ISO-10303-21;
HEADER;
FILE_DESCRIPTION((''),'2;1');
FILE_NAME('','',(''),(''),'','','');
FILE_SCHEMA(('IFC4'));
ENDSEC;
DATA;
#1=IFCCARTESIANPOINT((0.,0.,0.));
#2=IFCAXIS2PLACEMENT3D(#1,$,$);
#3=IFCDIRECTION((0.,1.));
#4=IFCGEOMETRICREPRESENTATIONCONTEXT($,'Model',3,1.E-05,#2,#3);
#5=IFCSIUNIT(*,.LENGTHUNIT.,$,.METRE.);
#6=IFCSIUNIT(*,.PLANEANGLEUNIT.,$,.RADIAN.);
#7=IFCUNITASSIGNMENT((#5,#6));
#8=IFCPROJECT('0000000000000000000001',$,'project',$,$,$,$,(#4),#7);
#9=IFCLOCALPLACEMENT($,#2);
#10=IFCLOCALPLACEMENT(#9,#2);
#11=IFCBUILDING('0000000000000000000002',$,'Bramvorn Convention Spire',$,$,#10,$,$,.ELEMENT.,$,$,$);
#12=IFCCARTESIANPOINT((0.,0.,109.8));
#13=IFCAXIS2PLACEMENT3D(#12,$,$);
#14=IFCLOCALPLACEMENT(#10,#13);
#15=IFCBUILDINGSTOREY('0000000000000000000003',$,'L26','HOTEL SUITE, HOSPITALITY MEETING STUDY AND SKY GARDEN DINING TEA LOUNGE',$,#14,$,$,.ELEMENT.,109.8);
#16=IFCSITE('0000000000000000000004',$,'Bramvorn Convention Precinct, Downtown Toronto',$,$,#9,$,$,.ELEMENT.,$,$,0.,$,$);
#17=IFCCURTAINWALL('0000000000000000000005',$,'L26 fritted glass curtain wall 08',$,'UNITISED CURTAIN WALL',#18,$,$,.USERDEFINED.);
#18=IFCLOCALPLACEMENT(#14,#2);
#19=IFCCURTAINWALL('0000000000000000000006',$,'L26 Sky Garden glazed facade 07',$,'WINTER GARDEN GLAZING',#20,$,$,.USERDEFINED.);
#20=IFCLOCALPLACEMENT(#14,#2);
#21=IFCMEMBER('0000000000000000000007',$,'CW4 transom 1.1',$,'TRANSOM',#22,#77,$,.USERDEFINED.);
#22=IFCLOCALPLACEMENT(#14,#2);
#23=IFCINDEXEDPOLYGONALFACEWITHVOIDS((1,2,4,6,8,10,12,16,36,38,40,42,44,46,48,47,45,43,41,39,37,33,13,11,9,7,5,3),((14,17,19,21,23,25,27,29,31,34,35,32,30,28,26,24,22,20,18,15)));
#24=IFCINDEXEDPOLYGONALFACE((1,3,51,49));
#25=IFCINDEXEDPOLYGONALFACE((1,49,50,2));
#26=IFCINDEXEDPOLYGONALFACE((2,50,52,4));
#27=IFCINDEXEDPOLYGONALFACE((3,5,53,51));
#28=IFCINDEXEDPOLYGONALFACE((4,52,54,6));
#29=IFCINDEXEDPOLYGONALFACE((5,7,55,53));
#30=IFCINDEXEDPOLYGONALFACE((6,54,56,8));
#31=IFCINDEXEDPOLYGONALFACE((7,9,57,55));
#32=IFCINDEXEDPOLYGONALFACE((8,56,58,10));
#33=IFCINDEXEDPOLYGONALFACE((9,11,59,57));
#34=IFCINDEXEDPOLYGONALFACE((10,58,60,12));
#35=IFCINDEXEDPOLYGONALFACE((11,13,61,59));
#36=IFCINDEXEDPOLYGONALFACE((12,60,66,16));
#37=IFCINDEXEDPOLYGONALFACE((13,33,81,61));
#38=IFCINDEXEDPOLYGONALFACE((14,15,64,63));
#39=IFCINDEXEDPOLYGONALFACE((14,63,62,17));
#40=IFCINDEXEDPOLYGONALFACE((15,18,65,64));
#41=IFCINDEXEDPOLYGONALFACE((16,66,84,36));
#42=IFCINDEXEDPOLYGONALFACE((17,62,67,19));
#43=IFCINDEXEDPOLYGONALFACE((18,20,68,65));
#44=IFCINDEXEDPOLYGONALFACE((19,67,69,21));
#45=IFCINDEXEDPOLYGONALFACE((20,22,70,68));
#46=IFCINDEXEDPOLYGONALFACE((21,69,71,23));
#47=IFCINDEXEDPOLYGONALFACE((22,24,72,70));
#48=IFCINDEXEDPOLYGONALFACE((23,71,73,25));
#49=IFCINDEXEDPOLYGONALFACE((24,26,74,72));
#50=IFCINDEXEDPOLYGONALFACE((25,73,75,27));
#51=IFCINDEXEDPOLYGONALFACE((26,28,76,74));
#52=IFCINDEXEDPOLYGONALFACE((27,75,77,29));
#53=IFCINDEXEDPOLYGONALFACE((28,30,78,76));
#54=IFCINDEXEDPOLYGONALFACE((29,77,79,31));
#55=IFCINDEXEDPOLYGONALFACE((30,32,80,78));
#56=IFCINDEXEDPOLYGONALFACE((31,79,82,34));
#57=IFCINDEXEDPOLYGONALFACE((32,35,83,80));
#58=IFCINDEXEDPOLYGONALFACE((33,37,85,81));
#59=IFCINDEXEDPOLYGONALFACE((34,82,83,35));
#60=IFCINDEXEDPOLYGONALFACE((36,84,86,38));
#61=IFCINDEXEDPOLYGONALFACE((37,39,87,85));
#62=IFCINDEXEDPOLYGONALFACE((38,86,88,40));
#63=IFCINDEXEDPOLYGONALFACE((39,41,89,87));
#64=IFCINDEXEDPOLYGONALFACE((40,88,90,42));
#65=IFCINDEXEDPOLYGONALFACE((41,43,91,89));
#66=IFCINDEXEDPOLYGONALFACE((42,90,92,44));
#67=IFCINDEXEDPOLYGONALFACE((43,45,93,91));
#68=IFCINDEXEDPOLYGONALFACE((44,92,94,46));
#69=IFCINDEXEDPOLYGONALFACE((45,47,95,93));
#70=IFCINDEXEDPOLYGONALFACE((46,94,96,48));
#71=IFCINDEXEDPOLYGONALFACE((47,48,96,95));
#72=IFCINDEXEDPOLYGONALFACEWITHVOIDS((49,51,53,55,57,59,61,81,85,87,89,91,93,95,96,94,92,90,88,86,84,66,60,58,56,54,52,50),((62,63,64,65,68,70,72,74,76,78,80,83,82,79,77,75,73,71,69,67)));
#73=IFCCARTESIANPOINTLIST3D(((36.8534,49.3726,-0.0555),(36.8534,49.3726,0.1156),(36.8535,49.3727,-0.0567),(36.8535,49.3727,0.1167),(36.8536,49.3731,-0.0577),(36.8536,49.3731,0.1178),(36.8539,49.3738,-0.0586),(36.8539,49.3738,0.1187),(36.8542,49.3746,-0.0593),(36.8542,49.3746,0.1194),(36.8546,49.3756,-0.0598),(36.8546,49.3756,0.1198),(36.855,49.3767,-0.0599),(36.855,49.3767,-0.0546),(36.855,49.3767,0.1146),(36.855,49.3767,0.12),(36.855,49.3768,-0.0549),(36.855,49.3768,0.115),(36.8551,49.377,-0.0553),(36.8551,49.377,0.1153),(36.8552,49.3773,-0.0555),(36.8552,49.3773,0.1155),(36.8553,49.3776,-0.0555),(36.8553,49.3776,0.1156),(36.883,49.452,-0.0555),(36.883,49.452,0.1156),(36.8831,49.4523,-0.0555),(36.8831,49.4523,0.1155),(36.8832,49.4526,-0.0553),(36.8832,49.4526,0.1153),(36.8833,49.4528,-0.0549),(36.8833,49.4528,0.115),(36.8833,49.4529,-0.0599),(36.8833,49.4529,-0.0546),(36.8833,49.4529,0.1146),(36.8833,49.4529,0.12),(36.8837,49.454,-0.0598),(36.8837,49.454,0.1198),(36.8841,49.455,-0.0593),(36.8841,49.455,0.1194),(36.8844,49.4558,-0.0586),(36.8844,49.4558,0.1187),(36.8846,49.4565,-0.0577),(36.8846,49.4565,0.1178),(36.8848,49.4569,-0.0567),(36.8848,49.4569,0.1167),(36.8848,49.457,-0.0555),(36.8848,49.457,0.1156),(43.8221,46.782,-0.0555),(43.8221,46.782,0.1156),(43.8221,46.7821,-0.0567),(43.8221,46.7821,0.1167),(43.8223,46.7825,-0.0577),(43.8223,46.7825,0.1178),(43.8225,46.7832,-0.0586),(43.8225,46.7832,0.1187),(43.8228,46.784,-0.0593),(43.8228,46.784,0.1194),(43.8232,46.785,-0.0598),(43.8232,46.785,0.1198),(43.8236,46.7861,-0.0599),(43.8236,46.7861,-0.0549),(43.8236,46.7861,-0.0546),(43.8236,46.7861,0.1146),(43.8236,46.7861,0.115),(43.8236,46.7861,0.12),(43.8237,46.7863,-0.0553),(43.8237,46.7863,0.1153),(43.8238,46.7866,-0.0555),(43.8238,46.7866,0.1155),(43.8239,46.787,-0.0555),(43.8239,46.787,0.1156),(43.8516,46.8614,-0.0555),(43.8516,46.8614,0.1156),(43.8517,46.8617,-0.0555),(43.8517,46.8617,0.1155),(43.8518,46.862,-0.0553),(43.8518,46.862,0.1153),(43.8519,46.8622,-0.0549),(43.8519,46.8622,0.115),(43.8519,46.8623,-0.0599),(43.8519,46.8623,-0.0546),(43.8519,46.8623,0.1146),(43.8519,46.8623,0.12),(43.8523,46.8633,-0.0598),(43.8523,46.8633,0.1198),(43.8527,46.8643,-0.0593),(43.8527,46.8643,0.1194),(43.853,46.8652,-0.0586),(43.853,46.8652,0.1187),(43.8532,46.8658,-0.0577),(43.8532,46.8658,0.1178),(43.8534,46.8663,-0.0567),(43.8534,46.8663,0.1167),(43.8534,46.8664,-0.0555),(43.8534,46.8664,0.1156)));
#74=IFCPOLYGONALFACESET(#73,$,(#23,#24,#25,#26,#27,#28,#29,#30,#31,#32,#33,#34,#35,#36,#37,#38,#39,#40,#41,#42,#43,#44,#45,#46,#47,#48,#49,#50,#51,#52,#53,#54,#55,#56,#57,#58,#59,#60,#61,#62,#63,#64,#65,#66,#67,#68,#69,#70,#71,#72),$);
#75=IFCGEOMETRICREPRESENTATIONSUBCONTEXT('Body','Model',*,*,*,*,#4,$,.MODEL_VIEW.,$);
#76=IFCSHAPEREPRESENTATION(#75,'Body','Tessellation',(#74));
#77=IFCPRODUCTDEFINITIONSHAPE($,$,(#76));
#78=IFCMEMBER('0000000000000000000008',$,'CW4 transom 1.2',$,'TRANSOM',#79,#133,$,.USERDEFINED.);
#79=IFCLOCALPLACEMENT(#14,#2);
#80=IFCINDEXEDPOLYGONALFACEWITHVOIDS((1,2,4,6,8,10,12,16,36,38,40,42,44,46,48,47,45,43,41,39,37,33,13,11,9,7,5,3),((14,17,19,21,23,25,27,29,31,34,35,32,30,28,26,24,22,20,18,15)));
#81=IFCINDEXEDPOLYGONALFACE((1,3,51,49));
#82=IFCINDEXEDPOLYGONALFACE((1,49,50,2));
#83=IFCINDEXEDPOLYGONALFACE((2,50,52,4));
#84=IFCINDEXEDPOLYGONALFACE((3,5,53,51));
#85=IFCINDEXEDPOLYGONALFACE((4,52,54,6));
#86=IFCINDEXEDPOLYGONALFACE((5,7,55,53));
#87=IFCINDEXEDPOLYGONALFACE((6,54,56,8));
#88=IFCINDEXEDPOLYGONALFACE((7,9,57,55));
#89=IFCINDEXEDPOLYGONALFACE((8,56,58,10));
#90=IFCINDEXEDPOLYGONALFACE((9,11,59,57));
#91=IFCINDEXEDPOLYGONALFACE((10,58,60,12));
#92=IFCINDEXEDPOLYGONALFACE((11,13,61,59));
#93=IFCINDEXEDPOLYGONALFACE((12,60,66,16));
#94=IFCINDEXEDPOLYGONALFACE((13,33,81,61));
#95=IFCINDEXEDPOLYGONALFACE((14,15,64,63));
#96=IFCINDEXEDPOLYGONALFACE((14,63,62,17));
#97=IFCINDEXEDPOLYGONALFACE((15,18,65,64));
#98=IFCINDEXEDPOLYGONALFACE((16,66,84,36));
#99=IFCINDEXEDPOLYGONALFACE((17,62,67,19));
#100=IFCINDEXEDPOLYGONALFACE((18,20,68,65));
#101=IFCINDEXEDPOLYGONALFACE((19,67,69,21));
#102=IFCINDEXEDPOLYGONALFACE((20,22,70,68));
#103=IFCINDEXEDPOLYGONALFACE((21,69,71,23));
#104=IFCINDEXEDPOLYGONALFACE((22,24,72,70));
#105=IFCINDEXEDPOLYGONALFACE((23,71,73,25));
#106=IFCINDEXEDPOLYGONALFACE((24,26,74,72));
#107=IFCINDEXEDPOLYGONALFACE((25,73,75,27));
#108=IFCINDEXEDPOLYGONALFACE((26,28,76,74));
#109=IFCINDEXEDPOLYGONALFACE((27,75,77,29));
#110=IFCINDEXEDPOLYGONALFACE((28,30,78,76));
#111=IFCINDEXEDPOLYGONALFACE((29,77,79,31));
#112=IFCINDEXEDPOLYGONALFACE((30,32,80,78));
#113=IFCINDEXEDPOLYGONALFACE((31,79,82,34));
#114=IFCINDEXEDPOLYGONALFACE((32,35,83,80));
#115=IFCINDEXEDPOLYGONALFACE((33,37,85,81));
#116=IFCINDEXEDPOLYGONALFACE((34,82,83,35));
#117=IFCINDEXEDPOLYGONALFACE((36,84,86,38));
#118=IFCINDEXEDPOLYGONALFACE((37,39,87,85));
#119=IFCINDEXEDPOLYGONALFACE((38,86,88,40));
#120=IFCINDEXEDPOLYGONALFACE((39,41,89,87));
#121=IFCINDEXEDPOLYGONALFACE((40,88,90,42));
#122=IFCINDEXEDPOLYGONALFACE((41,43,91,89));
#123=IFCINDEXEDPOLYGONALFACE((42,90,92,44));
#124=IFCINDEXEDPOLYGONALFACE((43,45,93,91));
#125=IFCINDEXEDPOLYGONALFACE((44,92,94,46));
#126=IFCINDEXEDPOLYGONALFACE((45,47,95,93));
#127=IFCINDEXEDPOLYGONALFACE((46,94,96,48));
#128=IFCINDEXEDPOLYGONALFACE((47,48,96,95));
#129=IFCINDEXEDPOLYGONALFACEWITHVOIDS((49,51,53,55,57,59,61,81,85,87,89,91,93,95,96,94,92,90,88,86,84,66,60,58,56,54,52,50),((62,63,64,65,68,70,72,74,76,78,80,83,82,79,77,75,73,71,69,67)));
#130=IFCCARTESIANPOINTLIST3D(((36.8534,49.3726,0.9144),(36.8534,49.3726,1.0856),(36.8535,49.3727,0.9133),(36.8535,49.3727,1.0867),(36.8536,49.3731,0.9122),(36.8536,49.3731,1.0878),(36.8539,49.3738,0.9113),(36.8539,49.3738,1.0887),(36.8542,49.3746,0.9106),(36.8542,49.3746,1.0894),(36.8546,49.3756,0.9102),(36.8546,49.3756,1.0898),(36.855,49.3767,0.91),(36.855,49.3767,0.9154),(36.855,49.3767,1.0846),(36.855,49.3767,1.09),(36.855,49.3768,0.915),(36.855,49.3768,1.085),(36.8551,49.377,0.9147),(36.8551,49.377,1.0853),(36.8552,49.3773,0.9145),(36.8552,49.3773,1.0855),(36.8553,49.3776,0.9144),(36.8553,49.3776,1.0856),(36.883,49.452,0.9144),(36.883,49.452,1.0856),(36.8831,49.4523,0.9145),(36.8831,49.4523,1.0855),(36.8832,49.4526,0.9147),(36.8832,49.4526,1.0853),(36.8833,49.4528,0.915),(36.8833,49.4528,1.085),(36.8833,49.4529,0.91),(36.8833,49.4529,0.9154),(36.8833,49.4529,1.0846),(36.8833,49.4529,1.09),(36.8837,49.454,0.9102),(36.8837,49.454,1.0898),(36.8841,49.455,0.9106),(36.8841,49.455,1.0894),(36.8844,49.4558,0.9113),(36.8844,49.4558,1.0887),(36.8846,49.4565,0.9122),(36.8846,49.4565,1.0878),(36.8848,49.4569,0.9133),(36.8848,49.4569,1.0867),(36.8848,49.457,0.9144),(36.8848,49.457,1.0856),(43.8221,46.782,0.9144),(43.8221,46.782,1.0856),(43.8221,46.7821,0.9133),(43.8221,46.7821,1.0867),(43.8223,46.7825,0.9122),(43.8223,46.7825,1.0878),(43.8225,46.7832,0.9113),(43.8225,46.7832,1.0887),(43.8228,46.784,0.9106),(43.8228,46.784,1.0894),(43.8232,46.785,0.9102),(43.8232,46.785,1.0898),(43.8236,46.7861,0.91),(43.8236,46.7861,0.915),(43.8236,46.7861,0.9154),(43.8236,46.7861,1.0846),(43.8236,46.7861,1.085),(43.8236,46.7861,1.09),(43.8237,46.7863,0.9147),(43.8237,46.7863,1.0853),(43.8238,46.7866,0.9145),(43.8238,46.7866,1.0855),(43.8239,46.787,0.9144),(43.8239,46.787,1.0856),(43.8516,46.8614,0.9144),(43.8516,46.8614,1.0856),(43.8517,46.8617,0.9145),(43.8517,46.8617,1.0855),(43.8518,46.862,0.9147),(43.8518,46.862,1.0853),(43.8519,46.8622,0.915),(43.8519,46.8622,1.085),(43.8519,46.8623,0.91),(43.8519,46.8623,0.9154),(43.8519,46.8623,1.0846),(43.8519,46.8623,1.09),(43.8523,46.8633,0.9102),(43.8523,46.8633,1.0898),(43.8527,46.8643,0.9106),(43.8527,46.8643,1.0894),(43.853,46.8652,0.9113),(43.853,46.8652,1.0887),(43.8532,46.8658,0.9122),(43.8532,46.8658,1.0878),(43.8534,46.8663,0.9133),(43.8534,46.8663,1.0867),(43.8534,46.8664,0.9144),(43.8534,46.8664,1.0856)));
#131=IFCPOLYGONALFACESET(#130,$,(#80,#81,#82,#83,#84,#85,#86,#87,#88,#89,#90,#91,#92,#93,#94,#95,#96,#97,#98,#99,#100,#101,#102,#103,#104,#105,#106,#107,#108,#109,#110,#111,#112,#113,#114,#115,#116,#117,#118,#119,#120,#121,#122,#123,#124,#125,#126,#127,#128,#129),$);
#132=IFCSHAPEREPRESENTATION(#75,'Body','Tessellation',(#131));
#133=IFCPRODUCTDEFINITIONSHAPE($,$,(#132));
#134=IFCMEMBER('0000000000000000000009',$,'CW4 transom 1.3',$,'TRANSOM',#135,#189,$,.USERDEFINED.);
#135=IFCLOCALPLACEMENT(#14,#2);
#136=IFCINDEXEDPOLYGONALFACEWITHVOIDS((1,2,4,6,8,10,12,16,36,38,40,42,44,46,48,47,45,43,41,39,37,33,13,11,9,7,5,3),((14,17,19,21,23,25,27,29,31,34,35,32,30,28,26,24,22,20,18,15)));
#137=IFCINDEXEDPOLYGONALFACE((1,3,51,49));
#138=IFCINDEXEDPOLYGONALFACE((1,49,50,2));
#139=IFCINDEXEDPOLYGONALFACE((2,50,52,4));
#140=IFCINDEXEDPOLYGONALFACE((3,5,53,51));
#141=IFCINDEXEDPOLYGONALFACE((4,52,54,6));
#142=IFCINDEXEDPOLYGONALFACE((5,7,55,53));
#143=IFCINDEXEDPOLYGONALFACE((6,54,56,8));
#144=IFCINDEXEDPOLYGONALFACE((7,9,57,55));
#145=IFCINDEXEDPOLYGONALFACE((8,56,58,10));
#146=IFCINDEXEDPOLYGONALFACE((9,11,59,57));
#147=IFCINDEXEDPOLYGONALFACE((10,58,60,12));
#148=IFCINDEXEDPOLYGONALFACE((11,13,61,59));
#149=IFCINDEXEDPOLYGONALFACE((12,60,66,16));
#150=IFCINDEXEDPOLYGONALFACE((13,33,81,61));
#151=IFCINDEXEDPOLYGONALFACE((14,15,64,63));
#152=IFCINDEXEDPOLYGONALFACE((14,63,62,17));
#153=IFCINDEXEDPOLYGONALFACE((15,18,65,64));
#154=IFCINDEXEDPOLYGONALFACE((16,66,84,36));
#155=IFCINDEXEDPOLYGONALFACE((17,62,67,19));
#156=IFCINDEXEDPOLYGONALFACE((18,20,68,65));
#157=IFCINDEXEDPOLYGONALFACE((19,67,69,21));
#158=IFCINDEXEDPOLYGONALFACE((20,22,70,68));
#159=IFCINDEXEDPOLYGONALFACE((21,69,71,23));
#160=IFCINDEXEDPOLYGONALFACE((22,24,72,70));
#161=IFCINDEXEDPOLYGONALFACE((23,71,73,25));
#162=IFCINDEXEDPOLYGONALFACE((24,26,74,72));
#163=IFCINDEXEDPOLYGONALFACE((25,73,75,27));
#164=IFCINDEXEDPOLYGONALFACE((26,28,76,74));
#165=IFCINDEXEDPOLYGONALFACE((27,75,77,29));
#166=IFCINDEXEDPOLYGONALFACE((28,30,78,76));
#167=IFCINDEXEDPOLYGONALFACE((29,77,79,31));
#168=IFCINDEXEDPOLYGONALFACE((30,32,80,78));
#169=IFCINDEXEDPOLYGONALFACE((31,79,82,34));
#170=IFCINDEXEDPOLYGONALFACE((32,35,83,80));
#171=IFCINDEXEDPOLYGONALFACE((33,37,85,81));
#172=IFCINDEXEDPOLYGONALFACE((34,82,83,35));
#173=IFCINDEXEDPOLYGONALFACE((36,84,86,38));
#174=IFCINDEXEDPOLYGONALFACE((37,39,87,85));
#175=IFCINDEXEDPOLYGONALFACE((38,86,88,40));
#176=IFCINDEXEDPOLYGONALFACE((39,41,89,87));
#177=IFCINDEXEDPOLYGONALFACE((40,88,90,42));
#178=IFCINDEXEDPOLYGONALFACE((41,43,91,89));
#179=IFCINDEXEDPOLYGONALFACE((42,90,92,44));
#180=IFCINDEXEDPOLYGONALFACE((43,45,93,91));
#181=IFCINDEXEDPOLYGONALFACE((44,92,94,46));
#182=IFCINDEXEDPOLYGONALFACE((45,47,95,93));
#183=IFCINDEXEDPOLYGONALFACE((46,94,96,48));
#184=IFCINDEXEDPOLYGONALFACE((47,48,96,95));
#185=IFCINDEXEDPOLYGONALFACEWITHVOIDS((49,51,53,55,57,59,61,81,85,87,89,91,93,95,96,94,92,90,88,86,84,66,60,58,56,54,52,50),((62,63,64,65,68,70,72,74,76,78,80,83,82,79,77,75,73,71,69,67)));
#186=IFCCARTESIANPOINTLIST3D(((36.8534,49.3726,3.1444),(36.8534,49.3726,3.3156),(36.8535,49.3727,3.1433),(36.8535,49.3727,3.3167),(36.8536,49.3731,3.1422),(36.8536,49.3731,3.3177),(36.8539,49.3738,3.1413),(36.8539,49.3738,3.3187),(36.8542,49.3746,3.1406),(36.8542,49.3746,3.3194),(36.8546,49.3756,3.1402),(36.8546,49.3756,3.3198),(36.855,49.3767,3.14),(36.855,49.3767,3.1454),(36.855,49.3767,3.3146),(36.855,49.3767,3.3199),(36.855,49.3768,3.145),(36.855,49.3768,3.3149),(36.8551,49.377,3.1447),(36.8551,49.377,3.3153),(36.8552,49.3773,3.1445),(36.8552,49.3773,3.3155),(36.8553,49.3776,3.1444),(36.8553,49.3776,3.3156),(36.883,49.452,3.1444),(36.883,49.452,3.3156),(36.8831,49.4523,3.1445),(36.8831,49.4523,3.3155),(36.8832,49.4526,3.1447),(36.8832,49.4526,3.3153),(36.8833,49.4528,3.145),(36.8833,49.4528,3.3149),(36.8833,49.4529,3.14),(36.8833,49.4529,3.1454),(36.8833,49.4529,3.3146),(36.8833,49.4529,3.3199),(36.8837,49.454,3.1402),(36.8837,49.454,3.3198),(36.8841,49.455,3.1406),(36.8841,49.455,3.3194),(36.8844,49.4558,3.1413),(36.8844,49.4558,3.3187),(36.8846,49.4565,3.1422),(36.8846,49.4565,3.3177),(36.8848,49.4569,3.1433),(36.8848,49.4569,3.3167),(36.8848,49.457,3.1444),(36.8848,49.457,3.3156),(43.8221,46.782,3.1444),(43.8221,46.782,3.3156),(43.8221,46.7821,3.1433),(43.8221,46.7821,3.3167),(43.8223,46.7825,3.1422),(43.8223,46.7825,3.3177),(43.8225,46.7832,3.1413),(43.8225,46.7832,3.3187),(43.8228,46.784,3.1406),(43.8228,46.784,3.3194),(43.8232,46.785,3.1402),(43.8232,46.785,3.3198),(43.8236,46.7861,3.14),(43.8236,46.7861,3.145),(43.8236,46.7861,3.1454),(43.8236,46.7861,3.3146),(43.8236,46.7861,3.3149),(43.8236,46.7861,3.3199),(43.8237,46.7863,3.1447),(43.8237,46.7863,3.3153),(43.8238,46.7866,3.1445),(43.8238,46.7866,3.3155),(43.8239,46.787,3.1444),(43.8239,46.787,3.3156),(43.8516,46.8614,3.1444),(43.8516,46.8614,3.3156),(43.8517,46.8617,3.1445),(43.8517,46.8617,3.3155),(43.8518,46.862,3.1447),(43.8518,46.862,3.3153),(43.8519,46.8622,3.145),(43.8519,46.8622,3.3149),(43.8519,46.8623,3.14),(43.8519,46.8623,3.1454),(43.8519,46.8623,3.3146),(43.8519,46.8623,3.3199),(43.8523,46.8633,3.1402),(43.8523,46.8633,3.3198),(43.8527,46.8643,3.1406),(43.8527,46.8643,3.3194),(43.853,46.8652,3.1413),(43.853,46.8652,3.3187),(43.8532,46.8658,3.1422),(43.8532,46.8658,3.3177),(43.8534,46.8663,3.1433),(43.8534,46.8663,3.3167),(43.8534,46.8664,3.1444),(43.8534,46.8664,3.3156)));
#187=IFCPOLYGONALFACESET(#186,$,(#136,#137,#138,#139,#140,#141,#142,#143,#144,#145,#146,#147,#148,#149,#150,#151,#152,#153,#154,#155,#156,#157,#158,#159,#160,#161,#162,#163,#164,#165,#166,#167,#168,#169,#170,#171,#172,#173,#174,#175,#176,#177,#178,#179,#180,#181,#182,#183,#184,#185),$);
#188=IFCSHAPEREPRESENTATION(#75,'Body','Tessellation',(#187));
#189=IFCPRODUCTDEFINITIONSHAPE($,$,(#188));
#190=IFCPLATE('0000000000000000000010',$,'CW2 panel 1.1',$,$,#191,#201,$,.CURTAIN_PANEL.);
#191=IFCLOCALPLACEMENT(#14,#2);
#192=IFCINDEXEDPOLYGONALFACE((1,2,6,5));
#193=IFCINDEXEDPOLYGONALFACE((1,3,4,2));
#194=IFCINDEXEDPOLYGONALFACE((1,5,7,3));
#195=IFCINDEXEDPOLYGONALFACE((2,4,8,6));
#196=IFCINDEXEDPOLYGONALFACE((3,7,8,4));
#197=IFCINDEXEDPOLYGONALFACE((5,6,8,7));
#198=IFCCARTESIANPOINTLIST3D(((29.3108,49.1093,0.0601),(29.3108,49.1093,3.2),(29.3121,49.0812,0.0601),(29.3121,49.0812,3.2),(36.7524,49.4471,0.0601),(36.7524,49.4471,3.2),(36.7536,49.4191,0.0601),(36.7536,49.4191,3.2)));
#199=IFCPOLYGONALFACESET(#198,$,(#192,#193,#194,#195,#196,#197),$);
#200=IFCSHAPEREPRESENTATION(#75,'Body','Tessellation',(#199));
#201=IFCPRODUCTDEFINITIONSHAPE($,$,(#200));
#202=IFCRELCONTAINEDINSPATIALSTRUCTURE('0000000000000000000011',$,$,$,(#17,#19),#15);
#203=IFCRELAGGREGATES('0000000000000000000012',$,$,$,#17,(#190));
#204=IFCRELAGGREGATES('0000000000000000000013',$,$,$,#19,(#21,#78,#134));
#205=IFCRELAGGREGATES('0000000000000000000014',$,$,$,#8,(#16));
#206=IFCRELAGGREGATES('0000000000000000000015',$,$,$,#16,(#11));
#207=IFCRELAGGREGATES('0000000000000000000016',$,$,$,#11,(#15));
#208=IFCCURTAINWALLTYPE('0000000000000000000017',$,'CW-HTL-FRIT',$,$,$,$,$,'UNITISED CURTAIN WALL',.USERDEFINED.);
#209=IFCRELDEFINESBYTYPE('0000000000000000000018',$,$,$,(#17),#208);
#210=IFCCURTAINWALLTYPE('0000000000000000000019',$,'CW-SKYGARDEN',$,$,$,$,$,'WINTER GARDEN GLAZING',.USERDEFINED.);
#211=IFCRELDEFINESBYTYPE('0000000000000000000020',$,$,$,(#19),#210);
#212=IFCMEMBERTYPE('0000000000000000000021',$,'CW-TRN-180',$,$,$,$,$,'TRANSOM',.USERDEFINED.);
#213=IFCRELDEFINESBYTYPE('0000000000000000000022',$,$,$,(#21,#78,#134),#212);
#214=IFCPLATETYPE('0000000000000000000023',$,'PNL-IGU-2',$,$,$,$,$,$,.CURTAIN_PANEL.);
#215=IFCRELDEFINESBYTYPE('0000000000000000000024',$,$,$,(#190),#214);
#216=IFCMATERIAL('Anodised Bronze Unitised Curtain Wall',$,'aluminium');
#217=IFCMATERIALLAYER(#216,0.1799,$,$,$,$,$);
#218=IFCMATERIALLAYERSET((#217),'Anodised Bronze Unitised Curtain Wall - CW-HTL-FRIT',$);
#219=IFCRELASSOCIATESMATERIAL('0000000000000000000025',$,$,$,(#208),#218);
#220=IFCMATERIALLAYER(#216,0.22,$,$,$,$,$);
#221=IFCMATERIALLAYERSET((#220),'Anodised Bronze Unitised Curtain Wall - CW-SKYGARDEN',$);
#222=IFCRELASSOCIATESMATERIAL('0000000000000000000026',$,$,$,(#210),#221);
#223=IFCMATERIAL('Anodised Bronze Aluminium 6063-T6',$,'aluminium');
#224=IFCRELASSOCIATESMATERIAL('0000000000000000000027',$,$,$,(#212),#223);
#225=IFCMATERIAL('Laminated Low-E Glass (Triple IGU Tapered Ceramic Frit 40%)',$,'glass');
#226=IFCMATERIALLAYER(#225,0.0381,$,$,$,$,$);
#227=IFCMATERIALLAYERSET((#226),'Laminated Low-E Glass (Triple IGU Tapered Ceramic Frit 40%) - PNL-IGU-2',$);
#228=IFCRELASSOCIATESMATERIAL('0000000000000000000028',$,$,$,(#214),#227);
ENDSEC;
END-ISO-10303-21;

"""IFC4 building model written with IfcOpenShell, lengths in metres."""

from ifc_helpers import new_model, si_unit, direction, frame, origin, origin_2d, place, context, subcontext, project, spatial, rectangle, hollow_rectangle, extrude, material, layer, layer_set, material_profile, profile_set, type_object, element, aggregate, save


model = new_model("IFC4")

# Units and contexts
model_context = context("Model", 3, precision=1e-05, world=origin(), true_north=direction((0.0, 1.0)))
body_context = subcontext(model_context, "Body", "Model", "MODEL_VIEW")
ifc_project = project(units=[si_unit("LENGTHUNIT", "METRE"), si_unit("PLANEANGLEUNIT", "RADIAN")], contexts=[model_context])

# Site, building, storey
site_placement = place(None, origin())
site = spatial("IfcSite", under=ifc_project, at=site_placement, Name="Bramvorn Convention Precinct, Downtown Toronto", CompositionType="ELEMENT", RefElevation=0.0)
building_placement = place(site_placement, origin())
building = spatial("IfcBuilding", under=site, at=building_placement, Name="Bramvorn Convention Spire", CompositionType="ELEMENT")
storey_placement = place(building_placement, frame((0.0, 0.0, 109.8)))
storey = spatial("IfcBuildingStorey", under=building, at=storey_placement, Name="L26", Description="HOTEL SUITE, HOSPITALITY MEETING STUDY AND SKY GARDEN DINING TEA LOUNGE", CompositionType="ELEMENT", Elevation=109.8)

# Curtain wall
ifc_material_1 = material(Name="Anodised Bronze Unitised Curtain Wall", Category="aluminium")
ifc_layer_1 = layer(ifc_material_1, 0.1799)
ifc_layer_set_1 = layer_set([ifc_layer_1], Name="Anodised Bronze Unitised Curtain Wall - CW-HTL-FRIT")
curtain_wall_type_1 = type_object("IfcCurtainWallType", Name="CW-HTL-FRIT", ElementType="UNITISED CURTAIN WALL", PredefinedType="USERDEFINED", material=ifc_layer_set_1)
curtain_wall_1_placement = place(storey_placement, origin())
curtain_wall_1 = element("IfcCurtainWall", 1, at=curtain_wall_1_placement, inside=storey, type_object=curtain_wall_type_1, Name="L26 fritted glass curtain wall 08", ObjectType="UNITISED CURTAIN WALL", PredefinedType="USERDEFINED")
ifc_material_2 = material(Name="Anodised Bronze Aluminium 6063-T6", Category="aluminium")

# Curtain wall, members
ifc_layer_2 = layer(ifc_material_1, 0.22)
ifc_layer_set_2 = layer_set([ifc_layer_2], Name="Anodised Bronze Unitised Curtain Wall - CW-SKYGARDEN")
curtain_wall_type_2 = type_object("IfcCurtainWallType", Name="CW-SKYGARDEN", ElementType="WINTER GARDEN GLAZING", PredefinedType="USERDEFINED", material=ifc_layer_set_2)
curtain_wall_2_placement = place(storey_placement, origin())
curtain_wall_2 = element("IfcCurtainWall", 2, at=curtain_wall_2_placement, inside=storey, type_object=curtain_wall_type_2, Name="L26 Sky Garden glazed facade 07", ObjectType="WINTER GARDEN GLAZING", PredefinedType="USERDEFINED")
ifc_material_profile_1 = material_profile(ifc_material_2, hollow_rectangle(XDim=0.0901, YDim=0.1799, WallThickness=0.0044, InnerFilletRadius=0.001, OuterFilletRadius=0.0044, at=origin_2d()))
ifc_profile_set_1 = profile_set([ifc_material_profile_1], Name="Anodised Bronze Aluminium 6063-T6 - CWT90X180")
member_type_1 = type_object("IfcMemberType", Name="CW-TRN-180", ElementType="TRANSOM", PredefinedType="USERDEFINED", material=ifc_profile_set_1)
member_1_placement = place(storey_placement, frame((36.8691, 49.4148, 0.03), z_axis=(0.937325, -0.348455, 0.0), x_axis=(0.348455, 0.937325, 0.0)))
member_1 = element("IfcMember", 3, at=member_1_placement, type_object=member_type_1, Name="CW4 transom 1.1", ObjectType="TRANSOM", PredefinedType="USERDEFINED", context=body_context, shape_type="SweptSolid", body=[
    extrude(hollow_rectangle(XDim=0.0901, YDim=0.1799, WallThickness=0.0044, InnerFilletRadius=0.001, OuterFilletRadius=0.0044, at=origin_2d()), origin(), (0.0, 0.0, 1.0), 7.4346),
])
member_2_placement = place(storey_placement, frame((36.8691, 49.4148, 1.0), z_axis=(0.937325, -0.348455, 0.0), x_axis=(0.348455, 0.937325, 0.0)))
member_2 = element("IfcMember", 4, at=member_2_placement, type_object=member_type_1, Name="CW4 transom 1.2", ObjectType="TRANSOM", PredefinedType="USERDEFINED", context=body_context, shape_type="SweptSolid", body=[
    extrude(hollow_rectangle(XDim=0.0901, YDim=0.1799, WallThickness=0.0044, InnerFilletRadius=0.001, OuterFilletRadius=0.0044, at=origin_2d()), origin(), (0.0, 0.0, 1.0), 7.4346),
])
member_3_placement = place(storey_placement, frame((36.8691, 49.4148, 3.23), z_axis=(0.937325, -0.348455, 0.0), x_axis=(0.348455, 0.937325, 0.0)))
member_3 = element("IfcMember", 5, at=member_3_placement, type_object=member_type_1, Name="CW4 transom 1.3", ObjectType="TRANSOM", PredefinedType="USERDEFINED", context=body_context, shape_type="SweptSolid", body=[
    extrude(hollow_rectangle(XDim=0.0901, YDim=0.1799, WallThickness=0.0044, InnerFilletRadius=0.001, OuterFilletRadius=0.0044, at=origin_2d()), origin(), (0.0, 0.0, 1.0), 7.4346),
])

# Plate
ifc_material_3 = material(Name="Laminated Low-E Glass (Triple IGU Tapered Ceramic Frit 40%)", Category="glass")
ifc_layer_3 = layer(ifc_material_3, 0.0381)
ifc_layer_set_3 = layer_set([ifc_layer_3], Name="Laminated Low-E Glass (Triple IGU Tapered Ceramic Frit 40%) - PNL-IGU-2")
plate_type_1 = type_object("IfcPlateType", Name="PNL-IGU-2", PredefinedType="CURTAIN_PANEL", material=ifc_layer_set_3)
plate_1_placement = place(storey_placement, frame((33.0322, 49.2642, 0.0601), z_axis=(0.0, 0.0, 1.0), x_axis=(0.998971, 0.045355, 0.0)))
plate_1 = element("IfcPlate", 6, at=plate_1_placement, type_object=plate_type_1, Name="CW2 panel 1.1", PredefinedType="CURTAIN_PANEL", context=body_context, shape_type="SweptSolid", body=[
    extrude(rectangle(XDim=7.4492, YDim=0.0281, at=origin_2d()), origin(), (0.0, 0.0, 1.0), 3.1399),
])
aggregate(curtain_wall_1, [plate_1])
aggregate(curtain_wall_2, [member_1, member_2, member_3])

save(model, "model.ifc")
